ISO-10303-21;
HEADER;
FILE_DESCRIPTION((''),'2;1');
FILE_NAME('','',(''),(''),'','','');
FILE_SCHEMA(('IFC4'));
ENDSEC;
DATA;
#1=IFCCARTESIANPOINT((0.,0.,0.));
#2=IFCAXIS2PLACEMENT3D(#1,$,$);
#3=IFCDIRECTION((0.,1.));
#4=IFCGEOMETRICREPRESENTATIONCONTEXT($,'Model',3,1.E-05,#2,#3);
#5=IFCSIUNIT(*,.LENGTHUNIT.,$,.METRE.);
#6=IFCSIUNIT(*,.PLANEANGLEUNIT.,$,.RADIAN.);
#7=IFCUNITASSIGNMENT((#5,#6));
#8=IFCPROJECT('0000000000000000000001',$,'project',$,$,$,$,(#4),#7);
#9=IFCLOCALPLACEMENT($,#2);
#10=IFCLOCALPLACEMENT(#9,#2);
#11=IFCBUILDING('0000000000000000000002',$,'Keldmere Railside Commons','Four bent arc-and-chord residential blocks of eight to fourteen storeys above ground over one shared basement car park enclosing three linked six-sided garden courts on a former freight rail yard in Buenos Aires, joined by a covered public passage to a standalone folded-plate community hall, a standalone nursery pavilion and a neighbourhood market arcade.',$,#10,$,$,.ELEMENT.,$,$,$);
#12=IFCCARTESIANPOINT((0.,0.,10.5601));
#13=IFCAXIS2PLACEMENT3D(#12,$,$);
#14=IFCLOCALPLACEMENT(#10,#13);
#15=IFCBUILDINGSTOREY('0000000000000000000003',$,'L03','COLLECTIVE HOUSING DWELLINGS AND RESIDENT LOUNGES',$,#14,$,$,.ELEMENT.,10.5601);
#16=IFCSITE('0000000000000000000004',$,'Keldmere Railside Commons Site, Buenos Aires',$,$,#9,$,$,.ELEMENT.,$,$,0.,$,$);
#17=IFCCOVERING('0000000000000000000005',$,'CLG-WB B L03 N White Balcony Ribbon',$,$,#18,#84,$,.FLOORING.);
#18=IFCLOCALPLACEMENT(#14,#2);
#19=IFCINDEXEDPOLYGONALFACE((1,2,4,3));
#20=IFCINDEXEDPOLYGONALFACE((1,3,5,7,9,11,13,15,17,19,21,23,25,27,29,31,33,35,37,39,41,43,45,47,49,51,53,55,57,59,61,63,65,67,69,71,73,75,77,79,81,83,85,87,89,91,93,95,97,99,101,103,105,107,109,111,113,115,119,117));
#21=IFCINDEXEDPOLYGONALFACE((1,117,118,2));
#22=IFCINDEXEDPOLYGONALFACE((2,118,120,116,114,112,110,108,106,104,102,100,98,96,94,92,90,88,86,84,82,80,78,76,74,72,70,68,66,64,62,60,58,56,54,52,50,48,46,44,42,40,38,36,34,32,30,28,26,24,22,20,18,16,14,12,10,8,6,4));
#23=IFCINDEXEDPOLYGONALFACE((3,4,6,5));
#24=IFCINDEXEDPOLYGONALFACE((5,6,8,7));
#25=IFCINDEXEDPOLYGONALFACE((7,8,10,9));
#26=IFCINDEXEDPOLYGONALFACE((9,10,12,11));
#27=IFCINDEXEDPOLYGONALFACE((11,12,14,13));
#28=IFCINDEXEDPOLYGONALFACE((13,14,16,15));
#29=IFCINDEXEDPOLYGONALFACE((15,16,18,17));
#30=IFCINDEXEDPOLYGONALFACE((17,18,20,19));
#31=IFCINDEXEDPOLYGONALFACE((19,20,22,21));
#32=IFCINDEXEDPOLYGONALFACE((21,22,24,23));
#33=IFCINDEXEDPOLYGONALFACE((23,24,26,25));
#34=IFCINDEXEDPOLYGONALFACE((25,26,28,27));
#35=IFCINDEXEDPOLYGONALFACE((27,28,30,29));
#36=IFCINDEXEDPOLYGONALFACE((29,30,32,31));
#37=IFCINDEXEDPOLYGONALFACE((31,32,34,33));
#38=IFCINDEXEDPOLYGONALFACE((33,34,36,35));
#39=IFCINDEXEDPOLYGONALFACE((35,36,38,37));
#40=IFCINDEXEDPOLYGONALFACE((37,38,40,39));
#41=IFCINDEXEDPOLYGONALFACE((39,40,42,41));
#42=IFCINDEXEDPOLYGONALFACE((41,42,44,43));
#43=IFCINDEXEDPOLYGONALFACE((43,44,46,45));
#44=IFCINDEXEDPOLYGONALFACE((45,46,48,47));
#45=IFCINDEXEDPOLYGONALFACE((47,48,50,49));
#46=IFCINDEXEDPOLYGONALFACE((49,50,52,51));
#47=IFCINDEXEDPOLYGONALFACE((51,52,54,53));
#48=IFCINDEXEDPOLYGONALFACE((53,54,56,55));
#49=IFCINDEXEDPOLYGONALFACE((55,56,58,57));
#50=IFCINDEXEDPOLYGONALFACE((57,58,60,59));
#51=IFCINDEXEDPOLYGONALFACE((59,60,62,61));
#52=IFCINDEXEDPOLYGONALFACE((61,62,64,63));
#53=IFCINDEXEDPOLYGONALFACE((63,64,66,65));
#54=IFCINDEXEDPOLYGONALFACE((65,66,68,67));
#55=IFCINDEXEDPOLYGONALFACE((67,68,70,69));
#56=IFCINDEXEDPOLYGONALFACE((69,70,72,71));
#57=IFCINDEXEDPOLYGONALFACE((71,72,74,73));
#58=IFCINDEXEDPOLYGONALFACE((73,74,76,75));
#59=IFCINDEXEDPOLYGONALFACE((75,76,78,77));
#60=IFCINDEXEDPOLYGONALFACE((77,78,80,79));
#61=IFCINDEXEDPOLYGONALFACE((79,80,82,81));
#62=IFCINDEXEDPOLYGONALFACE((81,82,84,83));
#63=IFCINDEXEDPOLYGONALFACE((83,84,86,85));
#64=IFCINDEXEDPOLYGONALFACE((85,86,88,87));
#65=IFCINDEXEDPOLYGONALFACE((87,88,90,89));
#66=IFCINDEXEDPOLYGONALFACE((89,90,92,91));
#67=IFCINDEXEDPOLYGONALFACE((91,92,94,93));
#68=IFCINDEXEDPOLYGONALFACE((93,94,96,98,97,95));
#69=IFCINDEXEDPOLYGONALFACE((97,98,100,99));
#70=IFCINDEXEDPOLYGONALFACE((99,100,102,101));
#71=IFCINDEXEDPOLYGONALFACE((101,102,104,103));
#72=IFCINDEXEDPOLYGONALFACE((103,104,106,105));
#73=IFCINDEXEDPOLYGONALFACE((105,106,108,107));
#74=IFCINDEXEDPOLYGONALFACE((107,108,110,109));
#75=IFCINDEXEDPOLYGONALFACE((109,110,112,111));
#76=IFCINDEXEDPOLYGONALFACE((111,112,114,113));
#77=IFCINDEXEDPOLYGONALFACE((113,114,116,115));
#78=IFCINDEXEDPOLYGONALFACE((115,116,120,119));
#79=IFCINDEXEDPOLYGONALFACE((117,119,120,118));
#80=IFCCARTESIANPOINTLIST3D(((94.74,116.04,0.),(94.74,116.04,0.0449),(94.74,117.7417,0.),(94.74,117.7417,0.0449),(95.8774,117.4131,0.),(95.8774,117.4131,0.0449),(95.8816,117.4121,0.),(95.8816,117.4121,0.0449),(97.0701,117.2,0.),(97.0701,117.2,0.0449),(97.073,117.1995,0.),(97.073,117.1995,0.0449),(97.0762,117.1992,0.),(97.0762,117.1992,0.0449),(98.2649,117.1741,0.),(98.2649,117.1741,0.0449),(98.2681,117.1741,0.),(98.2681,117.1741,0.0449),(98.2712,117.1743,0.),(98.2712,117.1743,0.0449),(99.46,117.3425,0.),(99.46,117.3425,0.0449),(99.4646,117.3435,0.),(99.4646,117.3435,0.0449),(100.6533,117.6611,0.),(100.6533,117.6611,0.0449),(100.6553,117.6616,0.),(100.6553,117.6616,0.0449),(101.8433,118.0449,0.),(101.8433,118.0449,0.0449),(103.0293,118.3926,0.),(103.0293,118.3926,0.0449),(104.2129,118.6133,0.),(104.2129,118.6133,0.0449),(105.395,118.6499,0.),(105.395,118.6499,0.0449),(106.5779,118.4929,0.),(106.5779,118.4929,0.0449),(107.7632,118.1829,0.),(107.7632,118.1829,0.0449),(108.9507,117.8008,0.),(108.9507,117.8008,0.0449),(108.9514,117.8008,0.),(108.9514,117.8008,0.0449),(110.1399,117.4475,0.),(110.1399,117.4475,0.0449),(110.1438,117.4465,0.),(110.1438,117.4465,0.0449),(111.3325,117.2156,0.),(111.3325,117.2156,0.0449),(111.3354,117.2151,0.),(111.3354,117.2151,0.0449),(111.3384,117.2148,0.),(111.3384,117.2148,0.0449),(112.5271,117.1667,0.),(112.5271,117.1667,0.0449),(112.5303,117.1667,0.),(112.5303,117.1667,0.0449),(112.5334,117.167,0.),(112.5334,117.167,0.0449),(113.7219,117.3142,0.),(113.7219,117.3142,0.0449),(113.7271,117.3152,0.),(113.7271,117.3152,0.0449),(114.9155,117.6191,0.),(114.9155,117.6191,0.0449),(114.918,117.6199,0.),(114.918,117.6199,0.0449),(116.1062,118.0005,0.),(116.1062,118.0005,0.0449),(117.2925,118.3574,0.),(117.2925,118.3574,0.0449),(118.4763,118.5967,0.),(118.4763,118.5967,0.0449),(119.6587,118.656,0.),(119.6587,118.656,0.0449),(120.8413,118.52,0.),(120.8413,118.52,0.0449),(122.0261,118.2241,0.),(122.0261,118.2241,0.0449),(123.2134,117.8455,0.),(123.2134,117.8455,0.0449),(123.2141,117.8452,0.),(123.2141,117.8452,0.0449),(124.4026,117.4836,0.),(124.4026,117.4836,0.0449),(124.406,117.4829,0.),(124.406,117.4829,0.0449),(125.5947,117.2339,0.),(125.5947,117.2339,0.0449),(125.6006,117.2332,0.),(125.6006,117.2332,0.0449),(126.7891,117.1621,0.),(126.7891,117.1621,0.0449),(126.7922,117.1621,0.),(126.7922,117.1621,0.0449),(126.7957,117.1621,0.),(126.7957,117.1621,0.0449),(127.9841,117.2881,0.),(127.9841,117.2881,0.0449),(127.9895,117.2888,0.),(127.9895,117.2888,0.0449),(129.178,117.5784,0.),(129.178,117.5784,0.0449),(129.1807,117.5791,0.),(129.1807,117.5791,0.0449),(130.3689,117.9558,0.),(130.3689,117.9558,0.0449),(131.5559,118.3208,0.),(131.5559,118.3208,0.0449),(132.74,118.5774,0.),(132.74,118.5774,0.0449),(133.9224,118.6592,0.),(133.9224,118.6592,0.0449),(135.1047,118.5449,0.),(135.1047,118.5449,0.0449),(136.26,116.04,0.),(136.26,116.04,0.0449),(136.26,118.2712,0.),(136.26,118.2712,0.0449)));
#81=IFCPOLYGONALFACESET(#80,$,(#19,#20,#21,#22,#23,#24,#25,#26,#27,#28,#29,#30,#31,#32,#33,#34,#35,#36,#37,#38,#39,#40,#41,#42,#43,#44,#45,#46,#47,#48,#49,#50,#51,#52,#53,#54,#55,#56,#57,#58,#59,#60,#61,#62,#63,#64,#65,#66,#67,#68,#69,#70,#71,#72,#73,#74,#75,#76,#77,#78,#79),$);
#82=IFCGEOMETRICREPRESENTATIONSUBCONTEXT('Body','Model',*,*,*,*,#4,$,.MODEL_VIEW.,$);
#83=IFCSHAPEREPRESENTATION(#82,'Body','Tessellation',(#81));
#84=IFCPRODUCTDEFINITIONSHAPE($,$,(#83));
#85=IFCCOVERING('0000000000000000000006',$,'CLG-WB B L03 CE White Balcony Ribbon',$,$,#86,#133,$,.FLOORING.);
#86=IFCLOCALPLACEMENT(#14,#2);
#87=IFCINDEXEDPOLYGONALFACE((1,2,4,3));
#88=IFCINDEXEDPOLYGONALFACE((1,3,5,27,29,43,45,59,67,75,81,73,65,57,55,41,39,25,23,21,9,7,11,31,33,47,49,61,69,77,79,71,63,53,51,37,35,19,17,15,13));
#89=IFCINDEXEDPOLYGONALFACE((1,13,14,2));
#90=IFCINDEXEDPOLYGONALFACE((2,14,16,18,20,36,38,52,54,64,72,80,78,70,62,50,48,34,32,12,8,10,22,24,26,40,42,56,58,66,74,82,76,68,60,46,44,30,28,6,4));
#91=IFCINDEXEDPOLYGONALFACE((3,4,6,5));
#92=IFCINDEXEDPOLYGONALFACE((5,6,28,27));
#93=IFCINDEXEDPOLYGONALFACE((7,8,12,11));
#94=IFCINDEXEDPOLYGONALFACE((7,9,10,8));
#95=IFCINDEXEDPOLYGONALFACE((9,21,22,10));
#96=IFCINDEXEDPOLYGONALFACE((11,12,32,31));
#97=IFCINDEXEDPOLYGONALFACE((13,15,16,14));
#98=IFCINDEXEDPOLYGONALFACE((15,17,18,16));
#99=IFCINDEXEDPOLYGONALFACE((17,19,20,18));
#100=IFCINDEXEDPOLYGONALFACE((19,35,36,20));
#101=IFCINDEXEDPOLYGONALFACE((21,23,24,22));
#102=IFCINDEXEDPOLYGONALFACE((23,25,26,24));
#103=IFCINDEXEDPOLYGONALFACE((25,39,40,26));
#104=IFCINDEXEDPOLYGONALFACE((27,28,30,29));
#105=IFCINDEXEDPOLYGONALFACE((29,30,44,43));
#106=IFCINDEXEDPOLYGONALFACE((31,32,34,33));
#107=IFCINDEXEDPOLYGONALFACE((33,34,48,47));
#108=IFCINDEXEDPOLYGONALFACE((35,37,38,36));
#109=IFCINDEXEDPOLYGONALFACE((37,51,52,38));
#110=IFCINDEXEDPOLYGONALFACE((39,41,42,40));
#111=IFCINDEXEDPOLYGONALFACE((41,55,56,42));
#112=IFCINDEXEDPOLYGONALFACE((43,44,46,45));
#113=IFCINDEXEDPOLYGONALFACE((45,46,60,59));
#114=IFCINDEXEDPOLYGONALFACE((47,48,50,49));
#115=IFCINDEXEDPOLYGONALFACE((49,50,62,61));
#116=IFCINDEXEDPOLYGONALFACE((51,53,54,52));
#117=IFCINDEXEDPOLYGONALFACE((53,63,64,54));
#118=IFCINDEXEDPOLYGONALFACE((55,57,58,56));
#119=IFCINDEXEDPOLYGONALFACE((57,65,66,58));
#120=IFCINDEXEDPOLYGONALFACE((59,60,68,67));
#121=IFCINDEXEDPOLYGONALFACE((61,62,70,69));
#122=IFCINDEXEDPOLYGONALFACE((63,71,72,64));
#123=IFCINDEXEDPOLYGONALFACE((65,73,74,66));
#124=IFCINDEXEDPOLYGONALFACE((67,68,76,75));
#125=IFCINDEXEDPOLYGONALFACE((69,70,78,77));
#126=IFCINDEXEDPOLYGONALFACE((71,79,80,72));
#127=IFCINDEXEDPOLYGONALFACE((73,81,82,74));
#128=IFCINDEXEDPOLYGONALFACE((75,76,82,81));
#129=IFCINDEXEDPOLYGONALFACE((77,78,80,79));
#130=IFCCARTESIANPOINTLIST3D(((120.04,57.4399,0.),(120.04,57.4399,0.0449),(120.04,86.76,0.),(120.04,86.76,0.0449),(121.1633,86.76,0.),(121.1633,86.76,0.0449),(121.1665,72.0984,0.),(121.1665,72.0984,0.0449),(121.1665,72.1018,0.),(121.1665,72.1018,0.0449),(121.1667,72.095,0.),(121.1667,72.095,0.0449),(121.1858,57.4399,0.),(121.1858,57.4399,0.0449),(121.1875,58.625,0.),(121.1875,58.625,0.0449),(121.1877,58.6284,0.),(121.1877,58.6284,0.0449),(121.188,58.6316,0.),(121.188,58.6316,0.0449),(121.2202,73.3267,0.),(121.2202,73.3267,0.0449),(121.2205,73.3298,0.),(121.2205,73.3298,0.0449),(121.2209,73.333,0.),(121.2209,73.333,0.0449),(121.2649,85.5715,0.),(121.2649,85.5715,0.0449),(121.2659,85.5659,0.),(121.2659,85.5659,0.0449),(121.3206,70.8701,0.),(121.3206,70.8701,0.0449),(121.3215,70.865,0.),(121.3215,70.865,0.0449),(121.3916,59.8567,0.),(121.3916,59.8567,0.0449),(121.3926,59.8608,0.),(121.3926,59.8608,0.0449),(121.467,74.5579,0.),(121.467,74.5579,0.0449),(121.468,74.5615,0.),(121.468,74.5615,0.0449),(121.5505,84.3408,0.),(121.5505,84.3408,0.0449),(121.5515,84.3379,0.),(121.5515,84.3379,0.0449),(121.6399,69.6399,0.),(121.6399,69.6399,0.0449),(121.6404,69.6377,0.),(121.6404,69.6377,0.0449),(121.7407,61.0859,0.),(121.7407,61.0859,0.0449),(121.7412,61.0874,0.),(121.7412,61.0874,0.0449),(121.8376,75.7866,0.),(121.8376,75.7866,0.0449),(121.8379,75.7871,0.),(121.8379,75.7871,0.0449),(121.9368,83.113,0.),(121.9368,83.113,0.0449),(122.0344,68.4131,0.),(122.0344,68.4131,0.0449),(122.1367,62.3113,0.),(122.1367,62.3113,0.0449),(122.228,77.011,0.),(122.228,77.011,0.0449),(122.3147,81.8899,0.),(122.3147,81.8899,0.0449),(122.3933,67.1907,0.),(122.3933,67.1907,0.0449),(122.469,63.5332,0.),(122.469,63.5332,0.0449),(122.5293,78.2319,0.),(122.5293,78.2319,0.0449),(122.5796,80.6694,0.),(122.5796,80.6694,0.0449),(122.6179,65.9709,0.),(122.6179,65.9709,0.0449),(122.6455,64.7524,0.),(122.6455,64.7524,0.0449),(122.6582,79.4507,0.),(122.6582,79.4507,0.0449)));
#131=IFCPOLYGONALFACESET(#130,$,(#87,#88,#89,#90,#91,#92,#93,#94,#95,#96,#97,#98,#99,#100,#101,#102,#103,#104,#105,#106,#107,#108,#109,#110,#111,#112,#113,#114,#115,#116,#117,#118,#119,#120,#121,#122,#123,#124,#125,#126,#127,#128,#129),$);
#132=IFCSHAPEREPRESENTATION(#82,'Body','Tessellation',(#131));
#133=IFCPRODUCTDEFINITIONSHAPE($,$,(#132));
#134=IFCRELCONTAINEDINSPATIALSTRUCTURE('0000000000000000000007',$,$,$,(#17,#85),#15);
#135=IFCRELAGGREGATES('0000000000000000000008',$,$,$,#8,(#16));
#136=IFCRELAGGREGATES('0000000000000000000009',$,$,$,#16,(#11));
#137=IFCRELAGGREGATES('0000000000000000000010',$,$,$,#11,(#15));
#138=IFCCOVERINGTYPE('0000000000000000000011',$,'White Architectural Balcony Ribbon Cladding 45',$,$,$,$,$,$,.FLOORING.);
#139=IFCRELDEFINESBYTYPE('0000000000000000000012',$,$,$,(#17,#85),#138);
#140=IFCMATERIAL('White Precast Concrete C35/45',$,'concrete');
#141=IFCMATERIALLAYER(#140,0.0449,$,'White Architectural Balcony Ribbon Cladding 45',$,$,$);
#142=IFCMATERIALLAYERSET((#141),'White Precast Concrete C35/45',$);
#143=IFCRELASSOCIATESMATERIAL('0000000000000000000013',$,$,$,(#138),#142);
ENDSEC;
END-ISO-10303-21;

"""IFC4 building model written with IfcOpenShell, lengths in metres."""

from ifc_helpers import new_model, si_unit, direction, frame, origin, place, context, subcontext, project, spatial, polyline, outline, extrude, material, layer, layer_set, type_object, element, save


model = new_model("IFC4")

# Units and contexts
model_context = context("Model", 3, precision=1e-05, world=origin(), true_north=direction((0.0, 1.0)))
body_context = subcontext(model_context, "Body", "Model", "MODEL_VIEW")
ifc_project = project(units=[si_unit("LENGTHUNIT", "METRE"), si_unit("PLANEANGLEUNIT", "RADIAN")], contexts=[model_context])

# Site, building, storey
site_placement = place(None, origin())
site = spatial("IfcSite", under=ifc_project, at=site_placement, Name="Keldmere Railside Commons Site, Buenos Aires", CompositionType="ELEMENT", RefElevation=0.0)
building_placement = place(site_placement, origin())
building = spatial("IfcBuilding", under=site, at=building_placement, Name="Keldmere Railside Commons", Description="Four bent arc-and-chord residential blocks of eight to fourteen storeys above ground over one shared basement car park enclosing three linked six-sided garden courts on a former freight rail yard in Buenos Aires, joined by a covered public passage to a standalone folded-plate community hall, a standalone nursery pavilion and a neighbourhood market arcade.", CompositionType="ELEMENT")
storey_placement = place(building_placement, frame((0.0, 0.0, 10.5601)))
storey = spatial("IfcBuildingStorey", under=building, at=storey_placement, Name="L03", Description="COLLECTIVE HOUSING DWELLINGS AND RESIDENT LOUNGES", CompositionType="ELEMENT", Elevation=10.5601)

# Coverings
ifc_material_1 = material(Name="White Precast Concrete C35/45", Category="concrete")
ifc_layer_1 = layer(ifc_material_1, 0.0449, Name="White Architectural Balcony Ribbon Cladding 45")
ifc_layer_set_1 = layer_set([ifc_layer_1], Name="White Precast Concrete C35/45")
covering_type_1 = type_object("IfcCoveringType", Name="White Architectural Balcony Ribbon Cladding 45", PredefinedType="FLOORING", material=ifc_layer_set_1)
covering_1_placement = place(storey_placement, origin())
element("IfcCovering", 1, at=covering_1_placement, inside=storey, type_object=covering_type_1, Name="CLG-WB B L03 N White Balcony Ribbon", PredefinedType="FLOORING", context=body_context, shape_type="SweptSolid", body=[
    extrude(outline(polyline([(136.26, 116.04), (136.26, 118.2712), (135.1047, 118.5449), (133.9224, 118.6592), (132.74, 118.5774), (131.5559, 118.3208), (130.3689, 117.9558), (129.1807, 117.5791), (129.178, 117.5784), (127.9895, 117.2888), (127.9841, 117.2881), (126.7957, 117.1621), (126.7922, 117.1621), (126.7891, 117.1621), (125.6006, 117.2332), (125.5947, 117.2339), (124.406, 117.4829), (124.4026, 117.4836), (123.2141, 117.8452), (123.2134, 117.8455), (122.0261, 118.2241), (120.8413, 118.52), (119.6587, 118.656), (118.4763, 118.5967), (117.2925, 118.3574), (116.1062, 118.0005), (114.918, 117.6199), (114.9155, 117.6191), (113.7271, 117.3152), (113.7219, 117.3142), (112.5334, 117.167), (112.5303, 117.1667), (112.5271, 117.1667), (111.3384, 117.2148), (111.3354, 117.2151), (111.3325, 117.2156), (110.1438, 117.4465), (110.1399, 117.4475), (108.9514, 117.8008), (108.9507, 117.8008), (107.7632, 118.1829), (106.5779, 118.4929), (105.395, 118.6499), (104.2129, 118.6133), (103.0293, 118.3926), (101.8433, 118.0449), (100.6553, 117.6616), (100.6533, 117.6611), (99.4646, 117.3435), (99.46, 117.3425), (98.2712, 117.1743), (98.2681, 117.1741), (98.2649, 117.1741), (97.0762, 117.1992), (97.073, 117.1995), (97.0701, 117.2), (95.8816, 117.4121), (95.8774, 117.4131), (94.74, 117.7417), (94.74, 116.04), (136.26, 116.04)])), origin(), (0.0, 0.0, 1.0), 0.0449),
])
covering_2_placement = place(storey_placement, origin())
element("IfcCovering", 2, at=covering_2_placement, inside=storey, type_object=covering_type_1, Name="CLG-WB B L03 CE White Balcony Ribbon", PredefinedType="FLOORING", context=body_context, shape_type="SweptSolid", body=[
    extrude(outline(polyline([(121.1875, 58.625), (121.1877, 58.6284), (121.188, 58.6316), (121.3916, 59.8567), (121.3926, 59.8608), (121.7407, 61.0859), (121.7412, 61.0874), (122.1367, 62.3113), (122.469, 63.5332), (122.6455, 64.7524), (122.6179, 65.9709), (122.3933, 67.1907), (122.0344, 68.4131), (121.6404, 69.6377), (121.6399, 69.6399), (121.3215, 70.865), (121.3206, 70.8701), (121.1667, 72.095), (121.1665, 72.0984), (121.1665, 72.1018), (121.2202, 73.3267), (121.2205, 73.3298), (121.2209, 73.333), (121.467, 74.5579), (121.468, 74.5615), (121.8376, 75.7866), (121.8379, 75.7871), (122.228, 77.011), (122.5293, 78.2319), (122.6582, 79.4507), (122.5796, 80.6694), (122.3147, 81.8899), (121.9368, 83.113), (121.5515, 84.3379), (121.5505, 84.3408), (121.2659, 85.5659), (121.2649, 85.5715), (121.1633, 86.76), (120.04, 86.76), (120.04, 57.4399), (121.1858, 57.4399), (121.1875, 58.625)])), origin(), (0.0, 0.0, 1.0), 0.0449),
])

save(model, "model.ifc")
